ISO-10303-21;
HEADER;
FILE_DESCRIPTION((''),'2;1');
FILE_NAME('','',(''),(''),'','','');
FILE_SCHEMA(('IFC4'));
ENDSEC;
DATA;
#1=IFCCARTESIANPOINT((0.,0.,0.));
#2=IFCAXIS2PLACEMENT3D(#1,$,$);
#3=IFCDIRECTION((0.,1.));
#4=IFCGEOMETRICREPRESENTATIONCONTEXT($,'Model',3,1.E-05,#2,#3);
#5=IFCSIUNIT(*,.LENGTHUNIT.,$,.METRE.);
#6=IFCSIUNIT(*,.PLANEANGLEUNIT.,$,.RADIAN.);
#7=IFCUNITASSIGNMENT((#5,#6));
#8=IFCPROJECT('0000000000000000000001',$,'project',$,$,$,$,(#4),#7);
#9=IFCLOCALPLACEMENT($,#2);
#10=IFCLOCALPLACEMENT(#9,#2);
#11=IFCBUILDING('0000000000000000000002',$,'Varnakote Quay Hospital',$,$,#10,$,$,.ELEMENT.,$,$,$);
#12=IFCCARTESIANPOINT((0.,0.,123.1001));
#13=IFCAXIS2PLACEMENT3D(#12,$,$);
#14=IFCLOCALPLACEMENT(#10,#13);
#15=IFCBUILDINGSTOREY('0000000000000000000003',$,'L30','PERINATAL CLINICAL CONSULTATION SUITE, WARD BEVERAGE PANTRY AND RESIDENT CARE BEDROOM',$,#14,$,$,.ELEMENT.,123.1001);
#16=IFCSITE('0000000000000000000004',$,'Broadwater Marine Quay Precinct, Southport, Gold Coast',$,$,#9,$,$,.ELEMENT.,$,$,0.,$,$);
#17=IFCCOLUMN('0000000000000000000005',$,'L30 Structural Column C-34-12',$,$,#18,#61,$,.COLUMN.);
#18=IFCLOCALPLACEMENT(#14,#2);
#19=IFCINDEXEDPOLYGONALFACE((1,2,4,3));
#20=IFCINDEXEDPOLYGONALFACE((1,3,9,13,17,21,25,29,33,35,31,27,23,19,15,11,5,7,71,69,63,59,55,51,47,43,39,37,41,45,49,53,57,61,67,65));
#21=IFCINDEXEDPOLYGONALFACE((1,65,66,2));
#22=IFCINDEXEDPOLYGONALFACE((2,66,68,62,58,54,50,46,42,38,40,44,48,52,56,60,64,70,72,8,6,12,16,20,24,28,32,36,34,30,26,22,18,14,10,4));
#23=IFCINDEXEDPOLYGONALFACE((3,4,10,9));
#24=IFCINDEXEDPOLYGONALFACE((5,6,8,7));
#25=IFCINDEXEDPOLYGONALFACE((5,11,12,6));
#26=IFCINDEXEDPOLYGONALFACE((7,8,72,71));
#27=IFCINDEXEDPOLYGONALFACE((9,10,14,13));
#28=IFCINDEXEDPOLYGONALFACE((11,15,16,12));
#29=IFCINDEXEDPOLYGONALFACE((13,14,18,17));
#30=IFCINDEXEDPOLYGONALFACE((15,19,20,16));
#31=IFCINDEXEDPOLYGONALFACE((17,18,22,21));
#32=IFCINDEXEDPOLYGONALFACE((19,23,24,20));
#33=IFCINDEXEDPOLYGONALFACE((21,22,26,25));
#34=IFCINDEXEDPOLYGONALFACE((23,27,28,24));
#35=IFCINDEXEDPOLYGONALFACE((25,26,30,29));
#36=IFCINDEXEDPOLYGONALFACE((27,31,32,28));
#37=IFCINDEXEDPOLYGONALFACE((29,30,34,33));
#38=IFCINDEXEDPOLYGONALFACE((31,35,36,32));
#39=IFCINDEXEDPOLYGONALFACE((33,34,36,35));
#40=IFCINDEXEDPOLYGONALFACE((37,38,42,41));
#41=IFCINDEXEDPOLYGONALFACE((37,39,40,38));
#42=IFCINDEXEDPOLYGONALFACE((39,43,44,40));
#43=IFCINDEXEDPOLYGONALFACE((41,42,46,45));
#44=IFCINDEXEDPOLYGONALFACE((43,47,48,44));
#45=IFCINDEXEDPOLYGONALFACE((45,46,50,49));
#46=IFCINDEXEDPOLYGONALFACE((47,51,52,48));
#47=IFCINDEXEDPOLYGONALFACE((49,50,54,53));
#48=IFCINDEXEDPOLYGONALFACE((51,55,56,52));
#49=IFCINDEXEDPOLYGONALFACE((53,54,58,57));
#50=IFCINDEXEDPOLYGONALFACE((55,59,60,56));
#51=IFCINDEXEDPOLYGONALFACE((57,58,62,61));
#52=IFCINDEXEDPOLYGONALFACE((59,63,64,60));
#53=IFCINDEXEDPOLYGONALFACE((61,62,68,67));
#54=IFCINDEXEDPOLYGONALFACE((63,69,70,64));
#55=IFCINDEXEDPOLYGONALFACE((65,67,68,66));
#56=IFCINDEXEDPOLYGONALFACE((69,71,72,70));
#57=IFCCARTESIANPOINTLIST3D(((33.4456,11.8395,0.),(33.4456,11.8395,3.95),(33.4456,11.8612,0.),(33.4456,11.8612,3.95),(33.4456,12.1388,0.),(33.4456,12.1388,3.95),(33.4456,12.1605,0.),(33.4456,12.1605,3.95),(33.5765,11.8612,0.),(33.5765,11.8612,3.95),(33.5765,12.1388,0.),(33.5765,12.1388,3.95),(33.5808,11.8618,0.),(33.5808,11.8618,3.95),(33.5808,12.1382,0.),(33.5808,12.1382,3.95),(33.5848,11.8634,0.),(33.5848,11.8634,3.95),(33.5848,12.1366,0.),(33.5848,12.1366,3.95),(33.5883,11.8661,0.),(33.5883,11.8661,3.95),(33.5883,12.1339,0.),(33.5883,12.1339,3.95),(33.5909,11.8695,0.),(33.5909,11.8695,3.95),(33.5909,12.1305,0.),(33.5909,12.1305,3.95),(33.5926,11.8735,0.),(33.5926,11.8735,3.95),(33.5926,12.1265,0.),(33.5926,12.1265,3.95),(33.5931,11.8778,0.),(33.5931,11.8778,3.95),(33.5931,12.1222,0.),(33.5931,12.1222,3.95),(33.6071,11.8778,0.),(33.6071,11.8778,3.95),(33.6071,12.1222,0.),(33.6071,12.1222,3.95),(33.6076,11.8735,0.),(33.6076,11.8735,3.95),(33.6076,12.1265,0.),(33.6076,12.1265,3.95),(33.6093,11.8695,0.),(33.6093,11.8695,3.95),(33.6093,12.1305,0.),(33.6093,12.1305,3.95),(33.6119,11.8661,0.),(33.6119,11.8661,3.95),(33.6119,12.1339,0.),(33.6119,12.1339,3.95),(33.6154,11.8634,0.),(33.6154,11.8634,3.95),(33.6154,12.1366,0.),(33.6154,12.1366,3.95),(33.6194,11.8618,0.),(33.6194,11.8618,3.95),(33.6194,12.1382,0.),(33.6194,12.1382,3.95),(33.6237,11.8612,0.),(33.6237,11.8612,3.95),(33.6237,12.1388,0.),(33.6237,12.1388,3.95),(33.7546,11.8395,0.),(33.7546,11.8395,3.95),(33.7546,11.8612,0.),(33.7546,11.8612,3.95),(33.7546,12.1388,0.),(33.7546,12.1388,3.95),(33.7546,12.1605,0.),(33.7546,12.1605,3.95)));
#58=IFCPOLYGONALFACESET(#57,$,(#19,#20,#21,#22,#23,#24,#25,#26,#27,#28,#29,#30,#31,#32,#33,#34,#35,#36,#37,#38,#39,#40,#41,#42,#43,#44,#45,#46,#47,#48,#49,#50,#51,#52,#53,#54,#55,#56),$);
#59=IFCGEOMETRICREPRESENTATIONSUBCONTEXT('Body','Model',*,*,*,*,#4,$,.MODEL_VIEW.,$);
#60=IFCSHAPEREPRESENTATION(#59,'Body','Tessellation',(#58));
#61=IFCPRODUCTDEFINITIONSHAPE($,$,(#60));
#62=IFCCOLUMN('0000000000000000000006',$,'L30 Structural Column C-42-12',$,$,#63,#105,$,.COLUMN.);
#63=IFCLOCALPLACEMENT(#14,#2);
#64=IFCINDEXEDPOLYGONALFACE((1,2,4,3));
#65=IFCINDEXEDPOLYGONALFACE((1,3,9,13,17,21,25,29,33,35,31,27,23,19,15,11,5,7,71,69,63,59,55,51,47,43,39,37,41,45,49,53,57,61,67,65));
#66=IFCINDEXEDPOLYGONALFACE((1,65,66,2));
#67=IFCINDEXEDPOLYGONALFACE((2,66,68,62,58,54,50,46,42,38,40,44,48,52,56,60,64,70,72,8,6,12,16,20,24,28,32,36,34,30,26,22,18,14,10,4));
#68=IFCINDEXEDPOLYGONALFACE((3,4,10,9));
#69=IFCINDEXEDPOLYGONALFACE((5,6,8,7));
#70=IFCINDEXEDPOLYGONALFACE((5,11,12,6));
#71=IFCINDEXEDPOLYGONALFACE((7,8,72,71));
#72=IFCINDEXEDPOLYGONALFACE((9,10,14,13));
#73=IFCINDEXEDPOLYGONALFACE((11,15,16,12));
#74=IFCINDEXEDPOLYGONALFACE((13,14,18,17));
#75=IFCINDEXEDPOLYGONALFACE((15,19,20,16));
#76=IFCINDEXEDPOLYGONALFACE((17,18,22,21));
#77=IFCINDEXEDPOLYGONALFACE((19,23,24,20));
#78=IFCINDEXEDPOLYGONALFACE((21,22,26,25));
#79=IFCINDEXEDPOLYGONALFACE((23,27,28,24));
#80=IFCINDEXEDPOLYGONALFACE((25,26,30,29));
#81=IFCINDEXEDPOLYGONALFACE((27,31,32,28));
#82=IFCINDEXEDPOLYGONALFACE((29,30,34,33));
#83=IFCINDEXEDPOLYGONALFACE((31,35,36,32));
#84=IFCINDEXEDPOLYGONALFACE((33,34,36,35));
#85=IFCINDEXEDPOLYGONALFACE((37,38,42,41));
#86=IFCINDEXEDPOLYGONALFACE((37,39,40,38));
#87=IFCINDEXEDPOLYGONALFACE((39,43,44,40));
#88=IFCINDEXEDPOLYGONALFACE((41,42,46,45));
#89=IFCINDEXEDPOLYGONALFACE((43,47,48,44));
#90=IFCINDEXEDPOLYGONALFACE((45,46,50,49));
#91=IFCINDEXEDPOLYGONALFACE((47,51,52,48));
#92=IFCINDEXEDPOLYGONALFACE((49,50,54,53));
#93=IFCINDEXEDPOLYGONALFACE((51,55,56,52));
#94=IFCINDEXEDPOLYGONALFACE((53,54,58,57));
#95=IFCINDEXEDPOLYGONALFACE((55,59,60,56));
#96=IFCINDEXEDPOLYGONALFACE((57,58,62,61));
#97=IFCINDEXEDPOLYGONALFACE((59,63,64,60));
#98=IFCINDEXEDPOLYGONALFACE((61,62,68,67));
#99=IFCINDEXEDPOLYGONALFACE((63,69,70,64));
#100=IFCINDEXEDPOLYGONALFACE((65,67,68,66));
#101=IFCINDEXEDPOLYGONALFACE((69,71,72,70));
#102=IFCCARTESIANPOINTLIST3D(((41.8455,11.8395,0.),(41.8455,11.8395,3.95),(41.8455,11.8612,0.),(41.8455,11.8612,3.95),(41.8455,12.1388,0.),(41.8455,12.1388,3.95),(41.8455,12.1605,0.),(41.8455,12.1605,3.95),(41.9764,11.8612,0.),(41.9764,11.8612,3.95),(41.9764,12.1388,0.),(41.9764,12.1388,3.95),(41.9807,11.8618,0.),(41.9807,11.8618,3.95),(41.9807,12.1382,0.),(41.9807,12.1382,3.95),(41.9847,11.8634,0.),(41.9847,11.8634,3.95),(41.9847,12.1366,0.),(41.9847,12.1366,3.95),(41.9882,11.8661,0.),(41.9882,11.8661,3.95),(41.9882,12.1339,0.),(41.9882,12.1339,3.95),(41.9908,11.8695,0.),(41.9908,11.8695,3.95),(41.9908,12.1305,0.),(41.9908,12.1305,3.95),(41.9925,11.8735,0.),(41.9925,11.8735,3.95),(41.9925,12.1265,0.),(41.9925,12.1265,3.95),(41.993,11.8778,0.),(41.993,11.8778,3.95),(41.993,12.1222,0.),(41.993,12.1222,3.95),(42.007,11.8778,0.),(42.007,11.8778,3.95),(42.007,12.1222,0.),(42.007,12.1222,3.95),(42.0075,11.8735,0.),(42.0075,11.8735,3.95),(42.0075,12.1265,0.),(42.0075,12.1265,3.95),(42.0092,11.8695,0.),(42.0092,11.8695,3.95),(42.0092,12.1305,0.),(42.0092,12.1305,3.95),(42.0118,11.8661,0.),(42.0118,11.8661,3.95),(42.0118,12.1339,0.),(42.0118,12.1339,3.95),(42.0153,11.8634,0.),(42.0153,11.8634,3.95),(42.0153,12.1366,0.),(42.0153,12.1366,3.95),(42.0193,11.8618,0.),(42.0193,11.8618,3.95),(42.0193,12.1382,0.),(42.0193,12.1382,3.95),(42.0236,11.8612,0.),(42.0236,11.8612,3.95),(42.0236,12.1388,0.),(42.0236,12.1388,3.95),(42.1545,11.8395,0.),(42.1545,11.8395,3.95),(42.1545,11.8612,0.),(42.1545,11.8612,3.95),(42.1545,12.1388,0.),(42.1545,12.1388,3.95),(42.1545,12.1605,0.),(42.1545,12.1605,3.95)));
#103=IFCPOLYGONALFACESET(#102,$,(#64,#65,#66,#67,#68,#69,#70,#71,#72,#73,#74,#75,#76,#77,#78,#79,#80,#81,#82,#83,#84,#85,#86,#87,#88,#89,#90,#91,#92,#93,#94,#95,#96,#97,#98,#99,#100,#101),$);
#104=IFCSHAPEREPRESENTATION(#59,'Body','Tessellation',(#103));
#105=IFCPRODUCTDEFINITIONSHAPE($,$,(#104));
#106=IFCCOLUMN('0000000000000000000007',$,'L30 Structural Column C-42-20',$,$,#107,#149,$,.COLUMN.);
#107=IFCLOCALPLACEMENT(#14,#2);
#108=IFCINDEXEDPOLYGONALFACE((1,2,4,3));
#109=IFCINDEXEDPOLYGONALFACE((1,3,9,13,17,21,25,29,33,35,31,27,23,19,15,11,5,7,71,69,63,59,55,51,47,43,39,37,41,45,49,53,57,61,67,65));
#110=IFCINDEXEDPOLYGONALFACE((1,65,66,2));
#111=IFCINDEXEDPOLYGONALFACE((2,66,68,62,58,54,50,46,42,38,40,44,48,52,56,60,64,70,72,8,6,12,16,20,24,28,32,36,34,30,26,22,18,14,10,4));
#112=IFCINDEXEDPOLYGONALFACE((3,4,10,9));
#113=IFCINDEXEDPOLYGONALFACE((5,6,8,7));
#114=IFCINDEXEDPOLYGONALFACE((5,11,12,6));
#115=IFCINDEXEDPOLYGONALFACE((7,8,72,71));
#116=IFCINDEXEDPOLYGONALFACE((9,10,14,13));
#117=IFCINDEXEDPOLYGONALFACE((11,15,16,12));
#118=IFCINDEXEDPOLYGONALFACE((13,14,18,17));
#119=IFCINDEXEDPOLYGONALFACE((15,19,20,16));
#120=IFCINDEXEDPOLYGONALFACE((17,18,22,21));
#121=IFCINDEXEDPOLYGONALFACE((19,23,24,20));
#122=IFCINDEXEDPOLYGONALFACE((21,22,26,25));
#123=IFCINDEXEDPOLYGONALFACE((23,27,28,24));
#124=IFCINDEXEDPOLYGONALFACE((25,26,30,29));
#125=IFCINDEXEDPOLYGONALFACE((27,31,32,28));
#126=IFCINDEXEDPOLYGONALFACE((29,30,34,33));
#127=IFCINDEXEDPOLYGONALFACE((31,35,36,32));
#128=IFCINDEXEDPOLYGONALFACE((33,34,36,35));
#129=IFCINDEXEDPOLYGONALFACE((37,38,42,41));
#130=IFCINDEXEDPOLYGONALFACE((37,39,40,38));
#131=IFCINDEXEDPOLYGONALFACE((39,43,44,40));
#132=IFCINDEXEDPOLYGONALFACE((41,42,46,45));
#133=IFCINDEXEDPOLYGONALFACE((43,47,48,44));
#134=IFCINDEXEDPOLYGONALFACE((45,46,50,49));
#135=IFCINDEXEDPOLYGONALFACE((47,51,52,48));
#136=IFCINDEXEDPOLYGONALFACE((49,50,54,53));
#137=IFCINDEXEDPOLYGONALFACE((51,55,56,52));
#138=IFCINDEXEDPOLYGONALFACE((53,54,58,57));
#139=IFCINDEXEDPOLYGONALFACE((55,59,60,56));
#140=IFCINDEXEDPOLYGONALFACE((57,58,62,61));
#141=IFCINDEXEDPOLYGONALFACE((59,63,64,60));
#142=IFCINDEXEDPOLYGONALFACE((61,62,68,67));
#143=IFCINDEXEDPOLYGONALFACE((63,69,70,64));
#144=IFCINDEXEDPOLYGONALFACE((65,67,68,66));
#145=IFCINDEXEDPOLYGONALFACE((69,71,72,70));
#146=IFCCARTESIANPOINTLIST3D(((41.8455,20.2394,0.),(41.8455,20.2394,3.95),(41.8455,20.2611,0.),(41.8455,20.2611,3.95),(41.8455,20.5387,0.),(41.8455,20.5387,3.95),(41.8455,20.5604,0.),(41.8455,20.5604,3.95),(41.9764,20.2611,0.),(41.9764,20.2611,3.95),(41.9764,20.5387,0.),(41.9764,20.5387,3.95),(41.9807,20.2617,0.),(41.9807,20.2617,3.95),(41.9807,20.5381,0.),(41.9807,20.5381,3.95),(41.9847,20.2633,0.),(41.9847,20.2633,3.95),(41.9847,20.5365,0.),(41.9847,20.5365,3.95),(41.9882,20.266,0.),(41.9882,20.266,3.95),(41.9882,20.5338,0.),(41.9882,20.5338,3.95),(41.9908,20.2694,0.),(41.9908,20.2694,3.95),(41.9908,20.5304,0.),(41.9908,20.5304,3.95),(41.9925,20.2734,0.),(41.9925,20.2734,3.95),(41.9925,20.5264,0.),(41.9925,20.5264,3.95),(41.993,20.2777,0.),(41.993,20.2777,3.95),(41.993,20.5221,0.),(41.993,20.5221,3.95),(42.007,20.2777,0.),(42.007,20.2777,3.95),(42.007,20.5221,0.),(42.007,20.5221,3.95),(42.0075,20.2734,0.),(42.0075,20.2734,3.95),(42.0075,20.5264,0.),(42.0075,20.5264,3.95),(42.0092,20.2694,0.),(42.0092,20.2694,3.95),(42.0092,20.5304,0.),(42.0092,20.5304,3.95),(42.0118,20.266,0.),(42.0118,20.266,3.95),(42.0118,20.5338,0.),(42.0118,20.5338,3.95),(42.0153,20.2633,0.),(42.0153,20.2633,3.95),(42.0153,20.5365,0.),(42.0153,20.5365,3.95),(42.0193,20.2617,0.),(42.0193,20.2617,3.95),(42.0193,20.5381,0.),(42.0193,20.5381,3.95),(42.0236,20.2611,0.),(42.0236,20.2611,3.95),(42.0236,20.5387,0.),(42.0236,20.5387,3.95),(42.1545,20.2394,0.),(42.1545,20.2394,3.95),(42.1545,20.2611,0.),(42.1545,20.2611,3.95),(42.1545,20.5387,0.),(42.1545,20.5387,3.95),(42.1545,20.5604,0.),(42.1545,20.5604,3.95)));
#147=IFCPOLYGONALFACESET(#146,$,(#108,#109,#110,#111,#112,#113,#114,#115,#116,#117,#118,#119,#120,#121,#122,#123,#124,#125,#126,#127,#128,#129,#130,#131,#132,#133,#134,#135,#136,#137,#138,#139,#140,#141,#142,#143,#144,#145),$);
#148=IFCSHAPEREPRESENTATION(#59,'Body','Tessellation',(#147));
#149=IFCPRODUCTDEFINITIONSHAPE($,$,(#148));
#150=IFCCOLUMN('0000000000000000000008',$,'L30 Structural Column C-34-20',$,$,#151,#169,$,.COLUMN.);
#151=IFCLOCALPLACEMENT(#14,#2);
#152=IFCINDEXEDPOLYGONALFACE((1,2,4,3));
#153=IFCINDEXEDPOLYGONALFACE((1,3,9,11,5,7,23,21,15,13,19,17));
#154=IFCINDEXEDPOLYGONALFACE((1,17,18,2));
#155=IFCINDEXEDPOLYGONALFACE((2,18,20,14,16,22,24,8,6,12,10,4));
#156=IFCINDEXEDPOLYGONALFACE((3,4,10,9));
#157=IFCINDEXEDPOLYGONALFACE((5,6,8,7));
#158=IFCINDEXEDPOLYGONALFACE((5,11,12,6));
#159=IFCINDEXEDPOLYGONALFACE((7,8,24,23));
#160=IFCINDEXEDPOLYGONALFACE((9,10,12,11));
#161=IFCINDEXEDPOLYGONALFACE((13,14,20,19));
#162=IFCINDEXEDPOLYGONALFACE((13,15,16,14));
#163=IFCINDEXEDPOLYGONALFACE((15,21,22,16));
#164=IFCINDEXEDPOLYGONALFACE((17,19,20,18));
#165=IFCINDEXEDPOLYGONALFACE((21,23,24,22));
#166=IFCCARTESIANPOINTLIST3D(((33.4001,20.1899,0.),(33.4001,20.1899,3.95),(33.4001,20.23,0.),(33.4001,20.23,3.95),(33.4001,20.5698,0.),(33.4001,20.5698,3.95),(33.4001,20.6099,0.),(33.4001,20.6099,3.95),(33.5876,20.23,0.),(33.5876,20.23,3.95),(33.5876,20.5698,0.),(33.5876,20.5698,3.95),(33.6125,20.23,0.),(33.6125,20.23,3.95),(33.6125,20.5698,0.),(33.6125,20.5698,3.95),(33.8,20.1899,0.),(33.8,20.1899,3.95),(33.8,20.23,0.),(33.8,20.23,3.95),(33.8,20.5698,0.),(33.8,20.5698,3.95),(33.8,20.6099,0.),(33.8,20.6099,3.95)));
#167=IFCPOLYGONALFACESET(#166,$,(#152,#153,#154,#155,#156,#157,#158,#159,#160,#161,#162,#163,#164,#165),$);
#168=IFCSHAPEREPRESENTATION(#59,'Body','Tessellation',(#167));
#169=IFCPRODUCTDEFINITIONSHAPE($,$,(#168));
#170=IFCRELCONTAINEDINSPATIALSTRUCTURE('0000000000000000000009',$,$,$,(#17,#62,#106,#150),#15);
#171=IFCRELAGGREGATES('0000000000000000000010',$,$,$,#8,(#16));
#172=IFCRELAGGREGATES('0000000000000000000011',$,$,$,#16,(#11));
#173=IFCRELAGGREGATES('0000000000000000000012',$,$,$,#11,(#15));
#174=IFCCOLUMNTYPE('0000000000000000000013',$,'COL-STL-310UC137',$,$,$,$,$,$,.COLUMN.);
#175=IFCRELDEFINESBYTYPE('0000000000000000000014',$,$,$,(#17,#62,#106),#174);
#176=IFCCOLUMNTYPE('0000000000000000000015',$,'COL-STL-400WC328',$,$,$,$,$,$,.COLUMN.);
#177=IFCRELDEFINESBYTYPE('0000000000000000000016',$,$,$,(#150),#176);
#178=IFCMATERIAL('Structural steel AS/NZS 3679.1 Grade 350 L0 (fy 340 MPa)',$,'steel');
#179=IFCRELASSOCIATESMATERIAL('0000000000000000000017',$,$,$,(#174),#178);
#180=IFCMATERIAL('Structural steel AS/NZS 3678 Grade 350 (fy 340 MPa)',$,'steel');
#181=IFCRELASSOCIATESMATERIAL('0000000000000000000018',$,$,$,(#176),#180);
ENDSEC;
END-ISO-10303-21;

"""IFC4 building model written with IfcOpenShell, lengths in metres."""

from ifc_helpers import new_model, si_unit, direction, frame, origin, origin_2d, place, context, subcontext, project, spatial, i_section, extrude, material, material_profile, profile_set, type_object, element, save


model = new_model("IFC4")

# Units and contexts
model_context = context("Model", 3, precision=1e-05, world=origin(), true_north=direction((0.0, 1.0)))
body_context = subcontext(model_context, "Body", "Model", "MODEL_VIEW")
ifc_project = project(units=[si_unit("LENGTHUNIT", "METRE"), si_unit("PLANEANGLEUNIT", "RADIAN")], contexts=[model_context])

# Site, building, storey
site_placement = place(None, origin())
site = spatial("IfcSite", under=ifc_project, at=site_placement, Name="Broadwater Marine Quay Precinct, Southport, Gold Coast", CompositionType="ELEMENT", RefElevation=0.0)
building_placement = place(site_placement, origin())
building = spatial("IfcBuilding", under=site, at=building_placement, Name="Varnakote Quay Hospital", CompositionType="ELEMENT")
storey_placement = place(building_placement, frame((0.0, 0.0, 123.1001)))
storey = spatial("IfcBuildingStorey", under=building, at=storey_placement, Name="L30", Description="PERINATAL CLINICAL CONSULTATION SUITE, WARD BEVERAGE PANTRY AND RESIDENT CARE BEDROOM", CompositionType="ELEMENT", Elevation=123.1001)

# Columns
ifc_material_1 = material(Name="Structural steel AS/NZS 3679.1 Grade 350 L0 (fy 340 MPa)", Category="steel")
ifc_material_profile_1 = material_profile(ifc_material_1, i_section(OverallWidth=0.3091, OverallDepth=0.321, WebThickness=0.0139, FlangeThickness=0.0217, FilletRadius=0.0166, at=origin_2d()), Name="310UC137")
ifc_profile_set_1 = profile_set([ifc_material_profile_1], Name="Structural steel AS/NZS 3679.1 Grade 350 L0 (fy 340 MPa)")
column_type_1 = type_object("IfcColumnType", Name="COL-STL-310UC137", PredefinedType="COLUMN", material=ifc_profile_set_1)
for number, where, z_axis, x_axis, name in (
    (1, (33.6001, 12.0, 0.0), (0.0, 0.0, 1.0), (1.0, 0.0, 0.0), "L30 Structural Column C-34-12"),
    (2, (42.0, 12.0, 0.0), (0.0, 0.0, 1.0), (1.0, 0.0, 0.0), "L30 Structural Column C-42-12"),
    (3, (42.0, 20.3999, 0.0), (0.0, 0.0, 1.0), (1.0, 0.0, 0.0), "L30 Structural Column C-42-20"),
):
    element("IfcColumn", number, at=place(storey_placement, frame(where, z_axis=z_axis, x_axis=x_axis)), inside=storey, type_object=column_type_1, Name=name, PredefinedType="COLUMN", context=body_context, shape_type="SweptSolid", body=[
        extrude(i_section(OverallWidth=0.3091, OverallDepth=0.321, WebThickness=0.0139, FlangeThickness=0.0217, FilletRadius=0.0166, at=origin_2d()), origin(), (0.0, 0.0, 1.0), 3.95),
    ])
ifc_material_2 = material(Name="Structural steel AS/NZS 3678 Grade 350 (fy 340 MPa)", Category="steel")
ifc_material_profile_2 = material_profile(ifc_material_2, i_section(OverallWidth=0.3999, OverallDepth=0.4199, WebThickness=0.0249, FlangeThickness=0.04, at=origin_2d()), Name="400WC328")
ifc_profile_set_2 = profile_set([ifc_material_profile_2], Name="Structural steel AS/NZS 3678 Grade 350 (fy 340 MPa)")
column_type_2 = type_object("IfcColumnType", Name="COL-STL-400WC328", PredefinedType="COLUMN", material=ifc_profile_set_2)
column_placement = place(storey_placement, frame((33.6001, 20.3999, 0.0), z_axis=(0.0, 0.0, 1.0), x_axis=(1.0, 0.0, 0.0)))
element("IfcColumn", 4, at=column_placement, inside=storey, type_object=column_type_2, Name="L30 Structural Column C-34-20", PredefinedType="COLUMN", context=body_context, shape_type="SweptSolid", body=[
    extrude(i_section(OverallWidth=0.3999, OverallDepth=0.4199, WebThickness=0.0249, FlangeThickness=0.04, at=origin_2d()), origin(), (0.0, 0.0, 1.0), 3.95),
])

save(model, "model.ifc")
